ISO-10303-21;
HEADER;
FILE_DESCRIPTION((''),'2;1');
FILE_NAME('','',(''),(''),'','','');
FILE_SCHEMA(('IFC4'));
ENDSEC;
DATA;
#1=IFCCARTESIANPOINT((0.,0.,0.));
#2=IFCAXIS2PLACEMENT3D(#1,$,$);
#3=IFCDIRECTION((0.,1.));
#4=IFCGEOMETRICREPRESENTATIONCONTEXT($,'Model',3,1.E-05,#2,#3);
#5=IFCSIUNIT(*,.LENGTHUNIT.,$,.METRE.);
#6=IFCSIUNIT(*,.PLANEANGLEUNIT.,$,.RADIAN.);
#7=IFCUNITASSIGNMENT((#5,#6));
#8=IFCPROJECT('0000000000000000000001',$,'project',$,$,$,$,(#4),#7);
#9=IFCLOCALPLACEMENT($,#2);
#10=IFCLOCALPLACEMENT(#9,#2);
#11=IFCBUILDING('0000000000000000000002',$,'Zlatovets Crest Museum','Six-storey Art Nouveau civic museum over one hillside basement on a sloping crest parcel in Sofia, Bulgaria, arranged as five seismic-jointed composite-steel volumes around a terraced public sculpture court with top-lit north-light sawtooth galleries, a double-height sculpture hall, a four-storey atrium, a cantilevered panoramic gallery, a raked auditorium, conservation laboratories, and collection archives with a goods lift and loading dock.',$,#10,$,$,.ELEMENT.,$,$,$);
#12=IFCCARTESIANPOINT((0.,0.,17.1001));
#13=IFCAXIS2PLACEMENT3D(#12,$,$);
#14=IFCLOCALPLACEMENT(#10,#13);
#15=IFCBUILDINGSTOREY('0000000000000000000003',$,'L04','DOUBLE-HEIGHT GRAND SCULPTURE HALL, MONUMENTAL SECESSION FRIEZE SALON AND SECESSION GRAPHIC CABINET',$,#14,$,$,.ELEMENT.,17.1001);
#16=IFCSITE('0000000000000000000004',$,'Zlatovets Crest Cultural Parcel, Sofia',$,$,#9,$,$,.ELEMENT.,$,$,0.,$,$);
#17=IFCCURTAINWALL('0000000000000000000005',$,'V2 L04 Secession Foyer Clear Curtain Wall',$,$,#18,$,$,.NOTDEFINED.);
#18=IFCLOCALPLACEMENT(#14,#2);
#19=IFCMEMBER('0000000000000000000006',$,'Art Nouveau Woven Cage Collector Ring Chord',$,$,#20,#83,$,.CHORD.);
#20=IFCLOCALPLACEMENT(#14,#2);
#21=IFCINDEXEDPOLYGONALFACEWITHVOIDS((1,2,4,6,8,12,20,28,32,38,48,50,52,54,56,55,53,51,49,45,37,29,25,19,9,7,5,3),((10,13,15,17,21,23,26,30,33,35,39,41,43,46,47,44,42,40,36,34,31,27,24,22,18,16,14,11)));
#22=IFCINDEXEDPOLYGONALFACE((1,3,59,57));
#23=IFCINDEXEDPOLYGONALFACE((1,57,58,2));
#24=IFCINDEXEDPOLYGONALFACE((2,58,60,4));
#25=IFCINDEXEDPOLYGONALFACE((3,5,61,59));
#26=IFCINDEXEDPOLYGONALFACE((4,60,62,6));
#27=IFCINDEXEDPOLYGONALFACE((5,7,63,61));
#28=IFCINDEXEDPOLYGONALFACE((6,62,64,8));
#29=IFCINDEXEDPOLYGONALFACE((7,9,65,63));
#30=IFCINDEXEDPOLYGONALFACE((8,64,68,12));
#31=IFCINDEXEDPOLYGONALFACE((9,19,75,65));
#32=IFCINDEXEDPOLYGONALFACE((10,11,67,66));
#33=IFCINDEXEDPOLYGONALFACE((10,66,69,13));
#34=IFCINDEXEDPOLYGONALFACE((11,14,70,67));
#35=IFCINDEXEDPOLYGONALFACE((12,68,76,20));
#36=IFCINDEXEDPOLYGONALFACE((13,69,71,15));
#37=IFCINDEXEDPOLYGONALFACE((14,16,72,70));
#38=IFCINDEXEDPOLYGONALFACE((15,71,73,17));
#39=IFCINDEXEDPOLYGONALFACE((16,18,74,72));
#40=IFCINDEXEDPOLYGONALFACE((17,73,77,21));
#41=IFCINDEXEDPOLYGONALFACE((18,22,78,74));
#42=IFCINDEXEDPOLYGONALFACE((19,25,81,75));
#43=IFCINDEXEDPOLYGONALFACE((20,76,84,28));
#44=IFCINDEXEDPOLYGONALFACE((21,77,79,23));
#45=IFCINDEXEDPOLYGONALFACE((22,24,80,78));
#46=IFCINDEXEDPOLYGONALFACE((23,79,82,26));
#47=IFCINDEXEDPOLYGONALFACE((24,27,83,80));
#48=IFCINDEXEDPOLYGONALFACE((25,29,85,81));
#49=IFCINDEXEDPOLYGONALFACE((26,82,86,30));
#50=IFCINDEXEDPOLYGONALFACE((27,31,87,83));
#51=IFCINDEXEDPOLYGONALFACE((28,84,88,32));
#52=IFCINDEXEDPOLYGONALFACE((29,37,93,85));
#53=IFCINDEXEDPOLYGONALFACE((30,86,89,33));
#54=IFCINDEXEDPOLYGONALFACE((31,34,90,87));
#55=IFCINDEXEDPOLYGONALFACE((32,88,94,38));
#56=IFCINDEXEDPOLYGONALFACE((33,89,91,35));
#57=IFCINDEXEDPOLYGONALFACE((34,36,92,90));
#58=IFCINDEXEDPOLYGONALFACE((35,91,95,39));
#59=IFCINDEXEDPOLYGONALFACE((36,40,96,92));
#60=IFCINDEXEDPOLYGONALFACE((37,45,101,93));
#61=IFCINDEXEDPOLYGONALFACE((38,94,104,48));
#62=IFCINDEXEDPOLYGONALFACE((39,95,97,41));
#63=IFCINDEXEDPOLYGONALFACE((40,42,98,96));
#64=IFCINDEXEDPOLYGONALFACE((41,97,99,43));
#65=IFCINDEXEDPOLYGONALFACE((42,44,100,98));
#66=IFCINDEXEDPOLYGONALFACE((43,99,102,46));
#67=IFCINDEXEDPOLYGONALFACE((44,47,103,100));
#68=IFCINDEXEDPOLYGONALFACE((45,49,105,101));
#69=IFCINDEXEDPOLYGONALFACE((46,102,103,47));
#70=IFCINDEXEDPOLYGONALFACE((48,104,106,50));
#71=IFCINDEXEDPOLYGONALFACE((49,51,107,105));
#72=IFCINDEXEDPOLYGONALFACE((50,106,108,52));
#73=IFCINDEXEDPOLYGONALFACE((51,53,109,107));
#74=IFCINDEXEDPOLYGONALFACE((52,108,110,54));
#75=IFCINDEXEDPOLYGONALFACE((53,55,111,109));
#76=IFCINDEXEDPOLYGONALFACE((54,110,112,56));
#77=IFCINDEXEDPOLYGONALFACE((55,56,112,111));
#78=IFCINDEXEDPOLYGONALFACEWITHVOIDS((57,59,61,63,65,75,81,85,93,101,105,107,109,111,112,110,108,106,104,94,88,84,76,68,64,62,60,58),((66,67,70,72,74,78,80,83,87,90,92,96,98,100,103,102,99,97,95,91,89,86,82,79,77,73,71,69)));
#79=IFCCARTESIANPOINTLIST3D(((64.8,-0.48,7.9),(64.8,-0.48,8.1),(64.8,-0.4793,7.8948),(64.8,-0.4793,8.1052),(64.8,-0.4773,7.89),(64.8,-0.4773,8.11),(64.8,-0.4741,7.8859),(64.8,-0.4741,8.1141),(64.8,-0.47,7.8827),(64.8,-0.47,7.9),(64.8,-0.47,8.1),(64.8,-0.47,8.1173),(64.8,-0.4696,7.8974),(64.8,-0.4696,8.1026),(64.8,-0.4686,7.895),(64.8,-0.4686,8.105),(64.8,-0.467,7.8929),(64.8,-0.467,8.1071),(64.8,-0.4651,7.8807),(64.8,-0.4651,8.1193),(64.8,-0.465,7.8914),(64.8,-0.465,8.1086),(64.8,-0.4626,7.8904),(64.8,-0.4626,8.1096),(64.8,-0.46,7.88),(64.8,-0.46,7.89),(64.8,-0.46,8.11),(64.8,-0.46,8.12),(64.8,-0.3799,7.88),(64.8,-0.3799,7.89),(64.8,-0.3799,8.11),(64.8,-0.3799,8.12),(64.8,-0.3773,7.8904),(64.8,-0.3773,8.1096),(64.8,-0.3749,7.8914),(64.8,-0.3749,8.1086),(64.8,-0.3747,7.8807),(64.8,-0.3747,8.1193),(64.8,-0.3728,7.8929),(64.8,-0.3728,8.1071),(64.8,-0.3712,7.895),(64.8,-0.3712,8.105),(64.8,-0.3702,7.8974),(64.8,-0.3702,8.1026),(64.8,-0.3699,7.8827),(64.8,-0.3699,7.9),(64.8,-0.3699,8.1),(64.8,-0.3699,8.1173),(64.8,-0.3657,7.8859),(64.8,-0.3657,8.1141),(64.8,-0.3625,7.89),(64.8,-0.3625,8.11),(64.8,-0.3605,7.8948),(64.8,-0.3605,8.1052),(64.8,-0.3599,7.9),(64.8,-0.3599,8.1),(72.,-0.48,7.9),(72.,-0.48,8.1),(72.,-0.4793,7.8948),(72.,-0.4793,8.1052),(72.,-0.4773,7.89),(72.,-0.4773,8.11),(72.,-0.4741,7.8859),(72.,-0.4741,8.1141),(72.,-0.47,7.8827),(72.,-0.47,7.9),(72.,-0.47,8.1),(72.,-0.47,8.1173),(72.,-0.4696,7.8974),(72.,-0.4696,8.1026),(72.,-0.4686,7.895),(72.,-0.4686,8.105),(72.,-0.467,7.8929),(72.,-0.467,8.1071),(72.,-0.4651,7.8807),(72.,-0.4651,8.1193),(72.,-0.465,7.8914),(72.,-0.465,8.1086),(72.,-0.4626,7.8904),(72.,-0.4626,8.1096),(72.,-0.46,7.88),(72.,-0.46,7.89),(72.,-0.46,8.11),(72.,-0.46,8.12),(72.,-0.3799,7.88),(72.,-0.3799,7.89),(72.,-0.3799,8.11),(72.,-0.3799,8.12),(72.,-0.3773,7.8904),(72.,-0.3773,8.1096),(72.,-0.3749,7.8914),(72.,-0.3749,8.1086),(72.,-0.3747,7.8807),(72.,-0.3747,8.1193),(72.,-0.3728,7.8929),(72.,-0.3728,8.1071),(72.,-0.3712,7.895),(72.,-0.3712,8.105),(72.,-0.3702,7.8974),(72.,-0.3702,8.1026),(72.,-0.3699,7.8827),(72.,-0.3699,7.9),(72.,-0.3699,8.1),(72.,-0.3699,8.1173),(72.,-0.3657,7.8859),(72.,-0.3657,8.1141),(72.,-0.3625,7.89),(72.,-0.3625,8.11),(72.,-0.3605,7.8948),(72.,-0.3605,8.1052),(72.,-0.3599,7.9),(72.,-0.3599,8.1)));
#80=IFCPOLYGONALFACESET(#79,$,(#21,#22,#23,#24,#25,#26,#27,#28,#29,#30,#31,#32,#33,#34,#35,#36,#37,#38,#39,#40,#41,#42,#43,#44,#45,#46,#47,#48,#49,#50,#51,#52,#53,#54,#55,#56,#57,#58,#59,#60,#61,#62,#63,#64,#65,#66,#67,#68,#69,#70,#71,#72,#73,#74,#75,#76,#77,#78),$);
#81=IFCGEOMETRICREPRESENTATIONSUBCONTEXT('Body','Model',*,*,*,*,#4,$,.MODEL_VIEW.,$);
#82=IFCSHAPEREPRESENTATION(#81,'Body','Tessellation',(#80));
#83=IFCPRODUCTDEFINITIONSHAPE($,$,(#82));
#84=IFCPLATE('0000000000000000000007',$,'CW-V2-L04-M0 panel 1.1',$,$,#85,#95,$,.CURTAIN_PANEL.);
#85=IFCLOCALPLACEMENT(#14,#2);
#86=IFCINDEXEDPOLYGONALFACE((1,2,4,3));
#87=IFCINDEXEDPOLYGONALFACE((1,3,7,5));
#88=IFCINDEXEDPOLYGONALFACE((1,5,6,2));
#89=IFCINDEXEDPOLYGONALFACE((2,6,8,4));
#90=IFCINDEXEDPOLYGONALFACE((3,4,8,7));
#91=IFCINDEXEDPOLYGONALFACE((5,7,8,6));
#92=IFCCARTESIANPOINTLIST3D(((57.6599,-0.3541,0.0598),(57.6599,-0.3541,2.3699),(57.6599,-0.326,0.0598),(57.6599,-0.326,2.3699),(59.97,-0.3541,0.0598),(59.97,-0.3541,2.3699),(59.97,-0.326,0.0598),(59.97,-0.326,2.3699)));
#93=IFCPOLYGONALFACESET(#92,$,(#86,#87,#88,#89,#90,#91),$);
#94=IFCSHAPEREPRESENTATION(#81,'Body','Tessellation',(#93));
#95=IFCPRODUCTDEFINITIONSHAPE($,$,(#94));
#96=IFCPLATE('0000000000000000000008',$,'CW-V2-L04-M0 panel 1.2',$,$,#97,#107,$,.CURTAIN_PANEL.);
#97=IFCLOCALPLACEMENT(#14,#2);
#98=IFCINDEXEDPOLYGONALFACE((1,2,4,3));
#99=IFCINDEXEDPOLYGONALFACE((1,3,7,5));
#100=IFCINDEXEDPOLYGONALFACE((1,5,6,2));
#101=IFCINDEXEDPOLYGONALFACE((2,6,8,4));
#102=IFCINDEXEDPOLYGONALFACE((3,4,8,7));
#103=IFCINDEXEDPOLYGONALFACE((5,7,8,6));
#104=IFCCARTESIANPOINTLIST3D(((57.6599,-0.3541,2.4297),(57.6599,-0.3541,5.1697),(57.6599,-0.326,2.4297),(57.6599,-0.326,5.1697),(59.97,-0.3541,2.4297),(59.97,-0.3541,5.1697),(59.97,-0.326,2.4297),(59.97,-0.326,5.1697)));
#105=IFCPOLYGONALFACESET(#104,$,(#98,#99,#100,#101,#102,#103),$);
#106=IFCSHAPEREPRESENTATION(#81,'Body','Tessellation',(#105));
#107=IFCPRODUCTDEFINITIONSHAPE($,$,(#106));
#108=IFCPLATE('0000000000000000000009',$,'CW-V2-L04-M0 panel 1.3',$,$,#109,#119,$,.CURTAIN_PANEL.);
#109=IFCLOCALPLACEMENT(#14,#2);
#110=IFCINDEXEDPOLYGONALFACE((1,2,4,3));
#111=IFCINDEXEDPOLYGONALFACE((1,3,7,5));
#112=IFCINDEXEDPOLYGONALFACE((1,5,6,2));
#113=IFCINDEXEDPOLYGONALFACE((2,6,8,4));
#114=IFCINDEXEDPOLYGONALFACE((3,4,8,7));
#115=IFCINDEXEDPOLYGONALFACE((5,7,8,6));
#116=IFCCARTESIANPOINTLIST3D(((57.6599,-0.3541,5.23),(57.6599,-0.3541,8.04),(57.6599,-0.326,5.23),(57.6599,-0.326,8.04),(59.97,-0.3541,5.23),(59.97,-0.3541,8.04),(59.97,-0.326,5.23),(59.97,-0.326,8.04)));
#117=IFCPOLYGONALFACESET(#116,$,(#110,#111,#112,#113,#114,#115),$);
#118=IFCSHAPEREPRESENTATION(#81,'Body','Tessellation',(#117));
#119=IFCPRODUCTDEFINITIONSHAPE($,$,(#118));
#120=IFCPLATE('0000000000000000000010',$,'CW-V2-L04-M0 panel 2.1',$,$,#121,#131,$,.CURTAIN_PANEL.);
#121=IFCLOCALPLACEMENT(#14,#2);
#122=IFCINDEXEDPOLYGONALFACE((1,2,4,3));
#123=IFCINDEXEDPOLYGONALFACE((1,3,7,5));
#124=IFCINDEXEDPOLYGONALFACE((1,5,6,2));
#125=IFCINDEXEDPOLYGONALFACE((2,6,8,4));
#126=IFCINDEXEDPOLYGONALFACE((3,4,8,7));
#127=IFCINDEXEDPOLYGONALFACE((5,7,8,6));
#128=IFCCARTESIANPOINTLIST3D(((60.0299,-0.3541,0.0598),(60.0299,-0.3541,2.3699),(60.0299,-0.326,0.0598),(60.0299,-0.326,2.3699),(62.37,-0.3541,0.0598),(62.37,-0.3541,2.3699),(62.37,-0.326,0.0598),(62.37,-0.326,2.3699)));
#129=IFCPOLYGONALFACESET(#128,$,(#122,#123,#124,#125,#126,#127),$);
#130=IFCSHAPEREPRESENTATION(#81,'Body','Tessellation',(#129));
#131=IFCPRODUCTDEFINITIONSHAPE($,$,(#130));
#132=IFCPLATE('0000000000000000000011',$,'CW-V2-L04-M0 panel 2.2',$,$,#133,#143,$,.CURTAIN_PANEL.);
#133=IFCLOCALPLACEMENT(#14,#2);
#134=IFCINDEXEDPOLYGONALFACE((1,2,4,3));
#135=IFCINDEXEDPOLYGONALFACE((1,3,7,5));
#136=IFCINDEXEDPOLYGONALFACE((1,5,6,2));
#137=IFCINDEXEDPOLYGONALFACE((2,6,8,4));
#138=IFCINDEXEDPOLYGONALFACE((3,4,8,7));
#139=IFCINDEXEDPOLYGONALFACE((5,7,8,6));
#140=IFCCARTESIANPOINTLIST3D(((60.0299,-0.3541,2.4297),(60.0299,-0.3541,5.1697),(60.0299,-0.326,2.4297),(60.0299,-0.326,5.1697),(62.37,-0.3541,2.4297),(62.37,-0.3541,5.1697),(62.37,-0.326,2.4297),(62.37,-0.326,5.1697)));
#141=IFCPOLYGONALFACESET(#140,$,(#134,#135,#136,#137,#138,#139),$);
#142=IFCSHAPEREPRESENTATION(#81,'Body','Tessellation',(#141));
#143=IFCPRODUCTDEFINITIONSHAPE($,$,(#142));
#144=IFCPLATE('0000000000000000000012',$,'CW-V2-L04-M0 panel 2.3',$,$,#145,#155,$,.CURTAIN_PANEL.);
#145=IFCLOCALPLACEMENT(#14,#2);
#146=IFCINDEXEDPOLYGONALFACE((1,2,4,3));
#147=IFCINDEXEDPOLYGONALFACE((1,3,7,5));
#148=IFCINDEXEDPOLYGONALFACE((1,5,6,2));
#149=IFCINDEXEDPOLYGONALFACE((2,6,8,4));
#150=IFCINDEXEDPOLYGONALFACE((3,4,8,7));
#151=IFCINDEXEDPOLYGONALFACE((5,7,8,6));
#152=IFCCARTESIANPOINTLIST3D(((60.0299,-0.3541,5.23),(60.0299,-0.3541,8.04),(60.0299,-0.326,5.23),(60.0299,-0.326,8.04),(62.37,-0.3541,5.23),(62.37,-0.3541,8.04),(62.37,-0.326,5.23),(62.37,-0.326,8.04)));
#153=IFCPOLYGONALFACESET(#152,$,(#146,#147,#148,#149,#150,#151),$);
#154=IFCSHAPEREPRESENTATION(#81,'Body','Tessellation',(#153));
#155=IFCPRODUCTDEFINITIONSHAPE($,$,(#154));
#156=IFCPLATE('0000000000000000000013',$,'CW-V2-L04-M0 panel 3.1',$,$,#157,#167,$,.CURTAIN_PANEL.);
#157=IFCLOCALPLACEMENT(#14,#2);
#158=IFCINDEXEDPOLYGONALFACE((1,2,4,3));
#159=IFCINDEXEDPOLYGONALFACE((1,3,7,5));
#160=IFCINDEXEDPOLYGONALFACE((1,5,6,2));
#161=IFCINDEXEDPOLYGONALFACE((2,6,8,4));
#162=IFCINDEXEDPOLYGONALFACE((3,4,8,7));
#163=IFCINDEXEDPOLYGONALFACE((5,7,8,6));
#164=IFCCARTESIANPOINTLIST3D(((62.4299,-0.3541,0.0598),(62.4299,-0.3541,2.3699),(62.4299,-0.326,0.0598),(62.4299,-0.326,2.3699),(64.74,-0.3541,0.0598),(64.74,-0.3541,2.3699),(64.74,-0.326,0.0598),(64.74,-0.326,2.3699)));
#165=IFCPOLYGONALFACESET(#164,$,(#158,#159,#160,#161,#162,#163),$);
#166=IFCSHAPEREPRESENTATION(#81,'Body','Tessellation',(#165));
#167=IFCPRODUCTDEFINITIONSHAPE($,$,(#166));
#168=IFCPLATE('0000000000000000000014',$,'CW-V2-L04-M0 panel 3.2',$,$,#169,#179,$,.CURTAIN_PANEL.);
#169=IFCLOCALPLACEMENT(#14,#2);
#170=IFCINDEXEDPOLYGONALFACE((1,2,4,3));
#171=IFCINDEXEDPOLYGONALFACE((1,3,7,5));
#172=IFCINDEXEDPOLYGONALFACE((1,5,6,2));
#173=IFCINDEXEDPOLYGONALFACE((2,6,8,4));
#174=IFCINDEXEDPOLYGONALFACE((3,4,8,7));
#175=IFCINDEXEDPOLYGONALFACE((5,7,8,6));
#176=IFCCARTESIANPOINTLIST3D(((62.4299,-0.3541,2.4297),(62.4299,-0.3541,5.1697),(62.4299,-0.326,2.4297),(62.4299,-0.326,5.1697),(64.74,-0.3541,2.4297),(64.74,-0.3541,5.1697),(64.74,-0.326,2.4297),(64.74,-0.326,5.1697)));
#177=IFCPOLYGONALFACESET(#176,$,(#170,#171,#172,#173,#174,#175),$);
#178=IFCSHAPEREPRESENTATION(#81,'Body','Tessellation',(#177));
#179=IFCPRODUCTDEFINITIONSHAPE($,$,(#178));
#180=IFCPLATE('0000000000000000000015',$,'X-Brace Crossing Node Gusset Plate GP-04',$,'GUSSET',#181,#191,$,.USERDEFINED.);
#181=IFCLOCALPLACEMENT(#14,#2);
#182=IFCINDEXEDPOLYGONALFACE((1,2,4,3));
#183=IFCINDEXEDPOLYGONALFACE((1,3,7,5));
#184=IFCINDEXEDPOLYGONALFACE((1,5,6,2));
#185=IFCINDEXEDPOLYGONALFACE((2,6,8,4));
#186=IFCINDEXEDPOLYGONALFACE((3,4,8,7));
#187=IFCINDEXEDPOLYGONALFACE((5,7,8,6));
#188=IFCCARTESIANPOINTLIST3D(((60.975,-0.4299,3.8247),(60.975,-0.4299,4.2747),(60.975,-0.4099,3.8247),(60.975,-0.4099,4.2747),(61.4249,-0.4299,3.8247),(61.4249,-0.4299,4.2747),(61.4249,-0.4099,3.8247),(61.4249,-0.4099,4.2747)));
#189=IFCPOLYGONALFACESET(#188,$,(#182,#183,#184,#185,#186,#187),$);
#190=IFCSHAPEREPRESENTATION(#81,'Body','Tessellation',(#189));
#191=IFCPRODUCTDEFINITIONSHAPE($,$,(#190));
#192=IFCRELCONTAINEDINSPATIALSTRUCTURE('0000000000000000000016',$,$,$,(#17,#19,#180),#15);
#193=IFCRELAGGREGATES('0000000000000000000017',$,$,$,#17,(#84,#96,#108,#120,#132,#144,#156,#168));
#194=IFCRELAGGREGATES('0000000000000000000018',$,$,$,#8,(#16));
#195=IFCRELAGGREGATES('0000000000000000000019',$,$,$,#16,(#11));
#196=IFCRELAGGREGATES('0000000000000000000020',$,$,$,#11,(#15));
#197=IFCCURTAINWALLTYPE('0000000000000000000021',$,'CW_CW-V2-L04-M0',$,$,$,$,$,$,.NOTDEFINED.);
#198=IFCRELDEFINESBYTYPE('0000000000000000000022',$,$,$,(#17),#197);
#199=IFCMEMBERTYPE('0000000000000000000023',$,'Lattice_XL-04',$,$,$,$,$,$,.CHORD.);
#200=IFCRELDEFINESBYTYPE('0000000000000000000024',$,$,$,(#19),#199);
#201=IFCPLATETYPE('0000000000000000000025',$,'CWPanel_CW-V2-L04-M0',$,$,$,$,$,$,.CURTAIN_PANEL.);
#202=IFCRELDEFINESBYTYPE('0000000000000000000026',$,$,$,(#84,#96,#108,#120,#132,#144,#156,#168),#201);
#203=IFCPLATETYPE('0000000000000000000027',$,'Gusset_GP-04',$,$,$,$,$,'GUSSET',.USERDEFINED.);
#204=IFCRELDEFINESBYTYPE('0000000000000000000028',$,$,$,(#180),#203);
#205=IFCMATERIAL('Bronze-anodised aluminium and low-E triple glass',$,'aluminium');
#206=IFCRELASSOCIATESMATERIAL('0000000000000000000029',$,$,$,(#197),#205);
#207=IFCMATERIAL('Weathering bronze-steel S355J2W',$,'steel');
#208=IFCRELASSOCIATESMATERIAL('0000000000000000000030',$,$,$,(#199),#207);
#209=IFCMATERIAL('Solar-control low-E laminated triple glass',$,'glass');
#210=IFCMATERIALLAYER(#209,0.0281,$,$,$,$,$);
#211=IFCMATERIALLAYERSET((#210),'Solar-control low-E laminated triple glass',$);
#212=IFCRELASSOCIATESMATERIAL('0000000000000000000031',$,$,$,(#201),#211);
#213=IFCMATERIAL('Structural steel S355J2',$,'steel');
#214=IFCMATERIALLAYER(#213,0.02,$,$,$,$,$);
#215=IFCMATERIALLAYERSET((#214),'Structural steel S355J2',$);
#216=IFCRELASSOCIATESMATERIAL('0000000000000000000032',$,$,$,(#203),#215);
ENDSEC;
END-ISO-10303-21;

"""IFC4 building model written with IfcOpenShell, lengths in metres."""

from ifc_helpers import new_model, si_unit, direction, frame, origin, origin_2d, place, context, subcontext, project, spatial, rectangle, hollow_rectangle, extrude, material, layer, layer_set, material_profile, profile_set, type_object, element, aggregate, save


model = new_model("IFC4")

# Units and contexts
model_context = context("Model", 3, precision=1e-05, world=origin(), true_north=direction((0.0, 1.0)))
body_context = subcontext(model_context, "Body", "Model", "MODEL_VIEW")
ifc_project = project(units=[si_unit("LENGTHUNIT", "METRE"), si_unit("PLANEANGLEUNIT", "RADIAN")], contexts=[model_context])

# Site, building, storey
site_placement = place(None, origin())
site = spatial("IfcSite", under=ifc_project, at=site_placement, Name="Zlatovets Crest Cultural Parcel, Sofia", CompositionType="ELEMENT", RefElevation=0.0)
building_placement = place(site_placement, origin())
building = spatial("IfcBuilding", under=site, at=building_placement, Name="Zlatovets Crest Museum", Description="Six-storey Art Nouveau civic museum over one hillside basement on a sloping crest parcel in Sofia, Bulgaria, arranged as five seismic-jointed composite-steel volumes around a terraced public sculpture court with top-lit north-light sawtooth galleries, a double-height sculpture hall, a four-storey atrium, a cantilevered panoramic gallery, a raked auditorium, conservation laboratories, and collection archives with a goods lift and loading dock.", CompositionType="ELEMENT")
storey_placement = place(building_placement, frame((0.0, 0.0, 17.1001)))
storey = spatial("IfcBuildingStorey", under=building, at=storey_placement, Name="L04", Description="DOUBLE-HEIGHT GRAND SCULPTURE HALL, MONUMENTAL SECESSION FRIEZE SALON AND SECESSION GRAPHIC CABINET", CompositionType="ELEMENT", Elevation=17.1001)

# Curtain wall
ifc_material_1 = material(Name="Bronze-anodised aluminium and low-E triple glass", Category="aluminium")
curtain_wall_type = type_object("IfcCurtainWallType", Name="CW_CW-V2-L04-M0", PredefinedType="NOTDEFINED", material=ifc_material_1)
curtain_wall_placement = place(storey_placement, origin())
curtain_wall = element("IfcCurtainWall", 1, at=curtain_wall_placement, inside=storey, type_object=curtain_wall_type, Name="V2 L04 Secession Foyer Clear Curtain Wall", PredefinedType="NOTDEFINED")

# Member
ifc_material_2 = material(Name="Weathering bronze-steel S355J2W", Category="steel")
ifc_material_profile_1 = material_profile(ifc_material_2, hollow_rectangle(XDim=0.1201, YDim=0.24, WallThickness=0.01, InnerFilletRadius=0.01, OuterFilletRadius=0.02, at=origin_2d()), Name="RHS 120x240x10.0")
ifc_profile_set_1 = profile_set([ifc_material_profile_1], Name="Weathering bronze-steel S355J2W")
member_type_1 = type_object("IfcMemberType", Name="Lattice_XL-04", PredefinedType="CHORD", material=ifc_profile_set_1)
for number, where, z_axis, x_axis, name in (
    (2, (64.8, -0.4199, 8.0), (1.0, 0.0, 0.0), (0.0, 1.0, 0.0), "Art Nouveau Woven Cage Collector Ring Chord"),
):
    element("IfcMember", number, at=place(storey_placement, frame(where, z_axis=z_axis, x_axis=x_axis)), inside=storey, type_object=member_type_1, Name=name, PredefinedType="CHORD", context=body_context, shape_type="SweptSolid", body=[
        extrude(hollow_rectangle(XDim=0.1201, YDim=0.24, WallThickness=0.01, InnerFilletRadius=0.01, OuterFilletRadius=0.02, at=origin_2d()), origin(), (0.0, 0.0, 1.0), 7.2),
    ])

# Plates
ifc_material_3 = material(Name="Solar-control low-E laminated triple glass", Category="glass")
ifc_layer_1 = layer(ifc_material_3, 0.0281)
ifc_layer_set_1 = layer_set([ifc_layer_1], Name="Solar-control low-E laminated triple glass")
plate_type_1 = type_object("IfcPlateType", Name="CWPanel_CW-V2-L04-M0", PredefinedType="CURTAIN_PANEL", material=ifc_layer_set_1)
plate_1_placement = place(storey_placement, frame((58.8149, -0.3401, 0.0598), z_axis=(0.0, 0.0, 1.0), x_axis=(1.0, 0.0, 0.0)))
plate_1 = element("IfcPlate", 3, at=plate_1_placement, type_object=plate_type_1, Name="CW-V2-L04-M0 panel 1.1", PredefinedType="CURTAIN_PANEL", context=body_context, shape_type="SweptSolid", body=[
    extrude(rectangle(XDim=2.3101, YDim=0.0281, at=origin_2d()), origin(), (0.0, 0.0, 1.0), 2.3101),
])
plate_2_placement = place(storey_placement, frame((58.8149, -0.3401, 2.4297), z_axis=(0.0, 0.0, 1.0), x_axis=(1.0, 0.0, 0.0)))
plate_2 = element("IfcPlate", 4, at=plate_2_placement, type_object=plate_type_1, Name="CW-V2-L04-M0 panel 1.2", PredefinedType="CURTAIN_PANEL", context=body_context, shape_type="SweptSolid", body=[
    extrude(rectangle(XDim=2.3101, YDim=0.0281, at=origin_2d()), origin(), (0.0, 0.0, 1.0), 2.74),
])
plate_3_placement = place(storey_placement, frame((58.8149, -0.3401, 5.23), z_axis=(0.0, 0.0, 1.0), x_axis=(1.0, 0.0, 0.0)))
plate_3 = element("IfcPlate", 5, at=plate_3_placement, type_object=plate_type_1, Name="CW-V2-L04-M0 panel 1.3", PredefinedType="CURTAIN_PANEL", context=body_context, shape_type="SweptSolid", body=[
    extrude(rectangle(XDim=2.3101, YDim=0.0281, at=origin_2d()), origin(), (0.0, 0.0, 1.0), 2.8101),
])
plate_4_placement = place(storey_placement, frame((61.2, -0.3401, 0.0598), z_axis=(0.0, 0.0, 1.0), x_axis=(1.0, 0.0, 0.0)))
plate_4 = element("IfcPlate", 6, at=plate_4_placement, type_object=plate_type_1, Name="CW-V2-L04-M0 panel 2.1", PredefinedType="CURTAIN_PANEL", context=body_context, shape_type="SweptSolid", body=[
    extrude(rectangle(XDim=2.3401, YDim=0.0281, at=origin_2d()), origin(), (0.0, 0.0, 1.0), 2.3101),
])
plate_5_placement = place(storey_placement, frame((61.2, -0.3401, 2.4297), z_axis=(0.0, 0.0, 1.0), x_axis=(1.0, 0.0, 0.0)))
plate_5 = element("IfcPlate", 7, at=plate_5_placement, type_object=plate_type_1, Name="CW-V2-L04-M0 panel 2.2", PredefinedType="CURTAIN_PANEL", context=body_context, shape_type="SweptSolid", body=[
    extrude(rectangle(XDim=2.3401, YDim=0.0281, at=origin_2d()), origin(), (0.0, 0.0, 1.0), 2.74),
])
plate_6_placement = place(storey_placement, frame((61.2, -0.3401, 5.23), z_axis=(0.0, 0.0, 1.0), x_axis=(1.0, 0.0, 0.0)))
plate_6 = element("IfcPlate", 8, at=plate_6_placement, type_object=plate_type_1, Name="CW-V2-L04-M0 panel 2.3", PredefinedType="CURTAIN_PANEL", context=body_context, shape_type="SweptSolid", body=[
    extrude(rectangle(XDim=2.3401, YDim=0.0281, at=origin_2d()), origin(), (0.0, 0.0, 1.0), 2.8101),
])
plate_7_placement = place(storey_placement, frame((63.585, -0.3401, 0.0598), z_axis=(0.0, 0.0, 1.0), x_axis=(1.0, 0.0, 0.0)))
plate_7 = element("IfcPlate", 9, at=plate_7_placement, type_object=plate_type_1, Name="CW-V2-L04-M0 panel 3.1", PredefinedType="CURTAIN_PANEL", context=body_context, shape_type="SweptSolid", body=[
    extrude(rectangle(XDim=2.3101, YDim=0.0281, at=origin_2d()), origin(), (0.0, 0.0, 1.0), 2.3101),
])
plate_8_placement = place(storey_placement, frame((63.585, -0.3401, 2.4297), z_axis=(0.0, 0.0, 1.0), x_axis=(1.0, 0.0, 0.0)))
plate_8 = element("IfcPlate", 10, at=plate_8_placement, type_object=plate_type_1, Name="CW-V2-L04-M0 panel 3.2", PredefinedType="CURTAIN_PANEL", context=body_context, shape_type="SweptSolid", body=[
    extrude(rectangle(XDim=2.3101, YDim=0.0281, at=origin_2d()), origin(), (0.0, 0.0, 1.0), 2.74),
])
aggregate(curtain_wall, [plate_1, plate_2, plate_3, plate_4, plate_5, plate_6, plate_7, plate_8])
ifc_material_4 = material(Name="Structural steel S355J2", Category="steel")
ifc_layer_2 = layer(ifc_material_4, 0.02)
ifc_layer_set_2 = layer_set([ifc_layer_2], Name="Structural steel S355J2")
plate_type_2 = type_object("IfcPlateType", Name="Gusset_GP-04", ElementType="GUSSET", PredefinedType="USERDEFINED", material=ifc_layer_set_2)
plate_9_placement = place(storey_placement, frame((61.2, -0.4199, 3.8247), z_axis=(0.0, 0.0, 1.0), x_axis=(1.0, 0.0, 0.0)))
element("IfcPlate", 11, at=plate_9_placement, inside=storey, type_object=plate_type_2, Name="X-Brace Crossing Node Gusset Plate GP-04", ObjectType="GUSSET", PredefinedType="USERDEFINED", context=body_context, shape_type="SweptSolid", body=[
    extrude(rectangle(XDim=0.45, YDim=0.02, at=origin_2d()), origin(), (0.0, 0.0, 1.0), 0.45),
])

save(model, "model.ifc")
